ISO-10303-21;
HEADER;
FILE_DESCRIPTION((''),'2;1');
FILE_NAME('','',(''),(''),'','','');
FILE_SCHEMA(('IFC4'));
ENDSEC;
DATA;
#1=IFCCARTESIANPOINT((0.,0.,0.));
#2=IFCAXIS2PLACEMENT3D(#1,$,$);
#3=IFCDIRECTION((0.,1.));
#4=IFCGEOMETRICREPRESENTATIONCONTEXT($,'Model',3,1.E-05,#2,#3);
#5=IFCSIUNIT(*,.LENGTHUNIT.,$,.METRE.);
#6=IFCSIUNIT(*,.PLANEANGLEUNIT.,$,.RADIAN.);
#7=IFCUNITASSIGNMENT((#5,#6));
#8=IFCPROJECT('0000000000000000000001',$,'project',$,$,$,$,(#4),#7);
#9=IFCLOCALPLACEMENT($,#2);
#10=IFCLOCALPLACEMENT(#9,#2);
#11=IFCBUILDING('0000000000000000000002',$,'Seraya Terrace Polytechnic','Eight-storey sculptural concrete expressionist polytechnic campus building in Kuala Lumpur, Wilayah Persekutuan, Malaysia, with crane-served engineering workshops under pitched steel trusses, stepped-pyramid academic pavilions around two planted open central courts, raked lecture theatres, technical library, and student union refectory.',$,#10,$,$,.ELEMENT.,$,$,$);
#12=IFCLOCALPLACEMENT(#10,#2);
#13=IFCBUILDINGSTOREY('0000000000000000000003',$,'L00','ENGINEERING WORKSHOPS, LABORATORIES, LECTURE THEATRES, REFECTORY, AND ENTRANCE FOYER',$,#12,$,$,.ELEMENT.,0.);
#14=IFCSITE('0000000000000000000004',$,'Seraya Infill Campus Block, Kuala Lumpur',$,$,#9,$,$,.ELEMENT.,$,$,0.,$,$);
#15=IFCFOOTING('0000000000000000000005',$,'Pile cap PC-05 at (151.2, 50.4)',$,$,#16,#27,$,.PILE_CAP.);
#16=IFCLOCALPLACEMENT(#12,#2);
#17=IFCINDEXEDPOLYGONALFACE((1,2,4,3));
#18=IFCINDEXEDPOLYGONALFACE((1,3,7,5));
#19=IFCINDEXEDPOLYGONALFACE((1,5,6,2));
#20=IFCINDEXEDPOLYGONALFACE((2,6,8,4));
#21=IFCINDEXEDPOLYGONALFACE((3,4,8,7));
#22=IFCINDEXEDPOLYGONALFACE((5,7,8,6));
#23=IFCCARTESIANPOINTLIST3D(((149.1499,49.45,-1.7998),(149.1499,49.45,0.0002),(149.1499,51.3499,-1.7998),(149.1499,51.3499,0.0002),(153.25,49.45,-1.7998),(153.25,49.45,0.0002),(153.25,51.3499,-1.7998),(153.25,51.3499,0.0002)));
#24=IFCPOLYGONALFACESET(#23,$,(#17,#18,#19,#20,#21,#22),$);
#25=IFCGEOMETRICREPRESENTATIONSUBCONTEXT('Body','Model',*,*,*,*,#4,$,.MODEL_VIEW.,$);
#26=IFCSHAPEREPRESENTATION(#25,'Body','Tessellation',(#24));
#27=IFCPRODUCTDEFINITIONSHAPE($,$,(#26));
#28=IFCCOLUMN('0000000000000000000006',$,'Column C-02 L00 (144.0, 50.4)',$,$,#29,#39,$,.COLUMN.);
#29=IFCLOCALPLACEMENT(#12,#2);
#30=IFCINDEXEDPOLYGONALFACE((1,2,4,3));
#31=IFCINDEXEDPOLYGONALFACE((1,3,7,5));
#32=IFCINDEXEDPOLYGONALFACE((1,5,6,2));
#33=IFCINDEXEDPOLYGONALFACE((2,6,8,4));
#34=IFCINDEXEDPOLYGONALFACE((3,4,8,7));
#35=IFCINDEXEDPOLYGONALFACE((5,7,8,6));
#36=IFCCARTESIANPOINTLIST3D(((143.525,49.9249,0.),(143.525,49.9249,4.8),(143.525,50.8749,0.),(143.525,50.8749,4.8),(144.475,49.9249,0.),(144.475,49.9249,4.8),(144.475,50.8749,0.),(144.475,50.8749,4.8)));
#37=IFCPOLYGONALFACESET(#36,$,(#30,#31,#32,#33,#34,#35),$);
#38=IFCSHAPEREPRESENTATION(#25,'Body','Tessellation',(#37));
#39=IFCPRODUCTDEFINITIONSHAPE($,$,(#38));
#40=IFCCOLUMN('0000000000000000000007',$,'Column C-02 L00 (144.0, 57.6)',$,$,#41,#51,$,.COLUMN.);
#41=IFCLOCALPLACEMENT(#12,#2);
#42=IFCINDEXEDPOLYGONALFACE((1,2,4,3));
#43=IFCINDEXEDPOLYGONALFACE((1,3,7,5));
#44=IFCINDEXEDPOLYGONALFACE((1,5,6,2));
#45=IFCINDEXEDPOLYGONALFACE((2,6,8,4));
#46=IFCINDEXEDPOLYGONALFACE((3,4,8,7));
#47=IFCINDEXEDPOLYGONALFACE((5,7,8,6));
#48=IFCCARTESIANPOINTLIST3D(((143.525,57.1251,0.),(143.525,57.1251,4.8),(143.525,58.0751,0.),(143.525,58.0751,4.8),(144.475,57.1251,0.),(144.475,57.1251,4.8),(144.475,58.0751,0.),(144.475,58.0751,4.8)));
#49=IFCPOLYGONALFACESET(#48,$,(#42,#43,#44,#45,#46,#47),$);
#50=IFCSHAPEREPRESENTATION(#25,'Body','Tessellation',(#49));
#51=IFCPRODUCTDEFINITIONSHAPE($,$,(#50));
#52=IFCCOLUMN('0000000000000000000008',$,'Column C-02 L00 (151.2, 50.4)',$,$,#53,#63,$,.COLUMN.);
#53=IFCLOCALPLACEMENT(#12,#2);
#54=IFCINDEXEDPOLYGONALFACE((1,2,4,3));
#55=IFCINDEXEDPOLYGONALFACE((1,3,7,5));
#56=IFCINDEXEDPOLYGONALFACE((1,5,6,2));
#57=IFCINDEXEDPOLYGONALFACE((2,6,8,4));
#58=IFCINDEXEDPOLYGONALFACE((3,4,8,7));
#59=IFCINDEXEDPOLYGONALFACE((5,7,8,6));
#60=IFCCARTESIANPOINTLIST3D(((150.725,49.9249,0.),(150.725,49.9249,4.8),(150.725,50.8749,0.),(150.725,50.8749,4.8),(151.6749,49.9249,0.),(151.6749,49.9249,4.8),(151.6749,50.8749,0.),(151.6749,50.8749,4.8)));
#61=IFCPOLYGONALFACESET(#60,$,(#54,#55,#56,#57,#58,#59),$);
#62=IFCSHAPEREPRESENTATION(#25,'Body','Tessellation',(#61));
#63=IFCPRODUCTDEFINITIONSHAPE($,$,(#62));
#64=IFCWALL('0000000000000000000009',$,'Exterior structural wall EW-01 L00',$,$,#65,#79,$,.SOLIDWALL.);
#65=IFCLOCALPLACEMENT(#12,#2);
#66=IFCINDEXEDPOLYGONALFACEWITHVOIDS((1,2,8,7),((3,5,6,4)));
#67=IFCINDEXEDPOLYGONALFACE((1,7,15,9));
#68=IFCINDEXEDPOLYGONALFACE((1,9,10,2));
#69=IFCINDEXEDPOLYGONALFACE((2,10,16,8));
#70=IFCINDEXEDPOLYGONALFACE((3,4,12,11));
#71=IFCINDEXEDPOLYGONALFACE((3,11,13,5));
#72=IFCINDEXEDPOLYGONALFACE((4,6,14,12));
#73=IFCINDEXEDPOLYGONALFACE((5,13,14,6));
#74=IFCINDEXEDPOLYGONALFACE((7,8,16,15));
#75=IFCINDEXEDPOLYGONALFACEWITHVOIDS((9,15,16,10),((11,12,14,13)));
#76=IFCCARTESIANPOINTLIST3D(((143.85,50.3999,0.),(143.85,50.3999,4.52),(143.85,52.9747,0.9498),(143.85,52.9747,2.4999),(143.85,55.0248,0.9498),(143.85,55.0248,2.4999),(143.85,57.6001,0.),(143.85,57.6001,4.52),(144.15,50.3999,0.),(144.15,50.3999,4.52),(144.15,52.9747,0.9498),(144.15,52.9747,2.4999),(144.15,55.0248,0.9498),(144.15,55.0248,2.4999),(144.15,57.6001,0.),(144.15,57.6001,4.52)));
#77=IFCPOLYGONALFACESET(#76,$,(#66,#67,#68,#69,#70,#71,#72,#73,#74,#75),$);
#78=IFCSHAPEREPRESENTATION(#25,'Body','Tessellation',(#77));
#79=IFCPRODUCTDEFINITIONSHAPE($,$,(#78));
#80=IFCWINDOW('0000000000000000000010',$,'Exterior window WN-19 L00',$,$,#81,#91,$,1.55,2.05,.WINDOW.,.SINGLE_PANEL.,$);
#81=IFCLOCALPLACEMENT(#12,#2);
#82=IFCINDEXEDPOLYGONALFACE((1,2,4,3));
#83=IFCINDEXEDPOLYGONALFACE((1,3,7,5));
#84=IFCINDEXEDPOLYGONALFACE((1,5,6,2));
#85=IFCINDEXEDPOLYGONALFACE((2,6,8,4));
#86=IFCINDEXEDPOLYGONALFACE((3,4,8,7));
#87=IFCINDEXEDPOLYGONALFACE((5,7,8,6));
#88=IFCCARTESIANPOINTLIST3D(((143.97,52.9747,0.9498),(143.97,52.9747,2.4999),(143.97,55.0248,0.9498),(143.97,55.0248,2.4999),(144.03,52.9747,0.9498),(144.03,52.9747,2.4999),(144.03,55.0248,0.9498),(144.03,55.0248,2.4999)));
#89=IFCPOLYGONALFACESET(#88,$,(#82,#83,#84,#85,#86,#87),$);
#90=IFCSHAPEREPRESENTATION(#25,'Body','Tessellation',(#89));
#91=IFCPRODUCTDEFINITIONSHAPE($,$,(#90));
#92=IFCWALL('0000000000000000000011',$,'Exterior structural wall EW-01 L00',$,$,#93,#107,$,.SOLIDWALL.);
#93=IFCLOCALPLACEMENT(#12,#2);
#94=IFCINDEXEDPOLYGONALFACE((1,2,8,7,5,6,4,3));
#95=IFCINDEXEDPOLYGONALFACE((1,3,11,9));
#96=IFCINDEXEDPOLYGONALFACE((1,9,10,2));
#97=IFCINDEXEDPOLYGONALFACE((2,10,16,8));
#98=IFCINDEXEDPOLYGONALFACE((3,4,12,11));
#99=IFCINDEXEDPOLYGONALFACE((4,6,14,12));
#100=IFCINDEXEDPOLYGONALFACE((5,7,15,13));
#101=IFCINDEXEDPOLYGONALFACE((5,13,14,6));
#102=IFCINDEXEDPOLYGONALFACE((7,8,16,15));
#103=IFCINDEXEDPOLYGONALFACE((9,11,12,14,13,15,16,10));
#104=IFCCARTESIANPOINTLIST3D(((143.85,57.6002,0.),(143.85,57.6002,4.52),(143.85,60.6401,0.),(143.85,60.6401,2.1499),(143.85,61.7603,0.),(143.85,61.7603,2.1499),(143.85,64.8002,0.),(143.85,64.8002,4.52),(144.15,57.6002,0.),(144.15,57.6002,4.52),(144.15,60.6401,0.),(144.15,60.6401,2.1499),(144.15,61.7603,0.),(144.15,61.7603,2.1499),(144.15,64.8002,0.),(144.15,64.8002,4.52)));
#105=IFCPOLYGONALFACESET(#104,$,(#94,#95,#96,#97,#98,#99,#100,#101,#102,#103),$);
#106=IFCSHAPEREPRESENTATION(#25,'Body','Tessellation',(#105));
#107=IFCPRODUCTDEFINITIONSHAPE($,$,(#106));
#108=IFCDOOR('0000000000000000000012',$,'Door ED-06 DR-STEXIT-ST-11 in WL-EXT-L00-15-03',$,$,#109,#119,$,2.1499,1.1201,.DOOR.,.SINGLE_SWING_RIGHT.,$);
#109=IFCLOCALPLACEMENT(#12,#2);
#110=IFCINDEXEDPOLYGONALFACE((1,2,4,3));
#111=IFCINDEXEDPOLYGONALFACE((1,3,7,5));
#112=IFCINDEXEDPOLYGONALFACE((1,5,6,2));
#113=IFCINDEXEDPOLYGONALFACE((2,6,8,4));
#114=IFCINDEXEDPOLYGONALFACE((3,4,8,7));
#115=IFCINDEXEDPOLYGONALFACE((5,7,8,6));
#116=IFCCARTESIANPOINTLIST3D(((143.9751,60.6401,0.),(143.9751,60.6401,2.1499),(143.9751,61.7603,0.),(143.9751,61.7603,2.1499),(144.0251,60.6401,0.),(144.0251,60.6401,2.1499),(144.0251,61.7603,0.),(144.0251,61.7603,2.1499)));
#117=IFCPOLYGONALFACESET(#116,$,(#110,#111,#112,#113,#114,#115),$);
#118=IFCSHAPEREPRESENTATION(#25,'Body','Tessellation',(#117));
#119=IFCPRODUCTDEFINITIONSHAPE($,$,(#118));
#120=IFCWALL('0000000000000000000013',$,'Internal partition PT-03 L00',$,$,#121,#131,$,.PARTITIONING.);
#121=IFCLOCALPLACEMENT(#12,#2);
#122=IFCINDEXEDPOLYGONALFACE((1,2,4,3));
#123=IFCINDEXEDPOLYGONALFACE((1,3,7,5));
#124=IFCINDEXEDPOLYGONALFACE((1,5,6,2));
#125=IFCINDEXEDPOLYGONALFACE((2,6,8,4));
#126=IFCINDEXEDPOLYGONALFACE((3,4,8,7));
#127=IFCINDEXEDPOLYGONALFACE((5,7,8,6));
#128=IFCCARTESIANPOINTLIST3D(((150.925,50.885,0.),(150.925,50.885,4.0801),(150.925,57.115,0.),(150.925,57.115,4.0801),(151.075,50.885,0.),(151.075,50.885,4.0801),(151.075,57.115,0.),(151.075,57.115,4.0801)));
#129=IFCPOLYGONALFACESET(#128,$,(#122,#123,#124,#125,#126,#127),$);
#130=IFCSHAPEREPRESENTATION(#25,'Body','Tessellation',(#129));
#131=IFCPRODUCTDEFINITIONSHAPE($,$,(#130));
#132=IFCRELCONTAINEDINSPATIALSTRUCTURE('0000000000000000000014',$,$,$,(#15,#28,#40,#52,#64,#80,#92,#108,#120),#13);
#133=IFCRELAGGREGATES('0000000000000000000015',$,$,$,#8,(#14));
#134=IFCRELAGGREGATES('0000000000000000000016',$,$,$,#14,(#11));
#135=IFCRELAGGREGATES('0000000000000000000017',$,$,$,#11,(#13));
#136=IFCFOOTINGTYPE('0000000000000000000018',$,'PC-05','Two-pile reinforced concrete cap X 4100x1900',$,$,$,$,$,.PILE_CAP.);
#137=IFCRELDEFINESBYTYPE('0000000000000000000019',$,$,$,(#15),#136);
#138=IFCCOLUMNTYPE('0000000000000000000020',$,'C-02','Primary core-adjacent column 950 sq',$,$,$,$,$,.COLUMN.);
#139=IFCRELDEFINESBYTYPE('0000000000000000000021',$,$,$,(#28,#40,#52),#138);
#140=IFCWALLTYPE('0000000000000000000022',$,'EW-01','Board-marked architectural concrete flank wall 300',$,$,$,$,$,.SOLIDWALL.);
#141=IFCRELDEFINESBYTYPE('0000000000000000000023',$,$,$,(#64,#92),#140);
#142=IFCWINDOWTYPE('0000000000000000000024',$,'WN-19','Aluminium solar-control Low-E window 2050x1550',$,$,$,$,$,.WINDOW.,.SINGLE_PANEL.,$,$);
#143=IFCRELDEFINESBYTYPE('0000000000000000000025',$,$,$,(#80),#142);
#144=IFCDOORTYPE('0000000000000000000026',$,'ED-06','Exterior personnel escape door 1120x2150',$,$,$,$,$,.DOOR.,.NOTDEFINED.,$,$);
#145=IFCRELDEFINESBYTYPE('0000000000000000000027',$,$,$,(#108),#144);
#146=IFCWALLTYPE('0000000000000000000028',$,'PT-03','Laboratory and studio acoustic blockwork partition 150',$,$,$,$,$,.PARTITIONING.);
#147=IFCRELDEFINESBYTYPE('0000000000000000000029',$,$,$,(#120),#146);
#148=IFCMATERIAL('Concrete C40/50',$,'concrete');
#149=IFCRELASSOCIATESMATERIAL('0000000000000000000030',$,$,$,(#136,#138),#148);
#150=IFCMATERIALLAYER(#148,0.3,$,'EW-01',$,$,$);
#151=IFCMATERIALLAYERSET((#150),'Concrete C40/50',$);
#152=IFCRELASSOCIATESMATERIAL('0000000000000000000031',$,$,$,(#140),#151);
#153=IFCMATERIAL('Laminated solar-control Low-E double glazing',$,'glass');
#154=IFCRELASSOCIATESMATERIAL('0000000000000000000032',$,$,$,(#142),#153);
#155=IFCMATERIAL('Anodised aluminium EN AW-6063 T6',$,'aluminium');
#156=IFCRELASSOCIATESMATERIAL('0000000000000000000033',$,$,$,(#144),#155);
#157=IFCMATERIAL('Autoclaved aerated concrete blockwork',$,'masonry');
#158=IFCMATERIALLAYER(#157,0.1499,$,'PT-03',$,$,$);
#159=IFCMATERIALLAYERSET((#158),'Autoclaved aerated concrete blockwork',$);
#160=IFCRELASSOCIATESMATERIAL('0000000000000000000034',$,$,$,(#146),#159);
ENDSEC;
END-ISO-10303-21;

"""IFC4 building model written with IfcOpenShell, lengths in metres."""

from ifc_helpers import new_model, si_unit, direction, frame, frame_2d, origin, origin_2d, place, context, subcontext, project, spatial, rectangle, extrude, material, layer, layer_set, material_profile, profile_set, type_object, element, fill, save


model = new_model("IFC4")

# Units and contexts
model_context = context("Model", 3, precision=1e-05, world=origin(), true_north=direction((0.0, 1.0)))
body_context = subcontext(model_context, "Body", "Model", "MODEL_VIEW")
ifc_project = project(units=[si_unit("LENGTHUNIT", "METRE"), si_unit("PLANEANGLEUNIT", "RADIAN")], contexts=[model_context])

# Site, building, storey
site_placement = place(None, origin())
site = spatial("IfcSite", under=ifc_project, at=site_placement, Name="Seraya Infill Campus Block, Kuala Lumpur", CompositionType="ELEMENT", RefElevation=0.0)
building_placement = place(site_placement, origin())
building = spatial("IfcBuilding", under=site, at=building_placement, Name="Seraya Terrace Polytechnic", Description="Eight-storey sculptural concrete expressionist polytechnic campus building in Kuala Lumpur, Wilayah Persekutuan, Malaysia, with crane-served engineering workshops under pitched steel trusses, stepped-pyramid academic pavilions around two planted open central courts, raked lecture theatres, technical library, and student union refectory.", CompositionType="ELEMENT")
storey_placement = place(building_placement, origin())
storey = spatial("IfcBuildingStorey", under=building, at=storey_placement, Name="L00", Description="ENGINEERING WORKSHOPS, LABORATORIES, LECTURE THEATRES, REFECTORY, AND ENTRANCE FOYER", CompositionType="ELEMENT", Elevation=0.0)

# Shared definitions
ifc_material_1 = material(Name="Concrete C40/50", Category="concrete")

# Footing
footing_type_1 = type_object("IfcFootingType", Name="PC-05", Description="Two-pile reinforced concrete cap X 4100x1900", PredefinedType="PILE_CAP", material=ifc_material_1)
for number, where, z_axis, x_axis, name in (
    (1, (151.2, 50.3999, -1.7998), (0.0, 0.0, 1.0), (1.0, 0.0, 0.0), "Pile cap PC-05 at (151.2, 50.4)"),
):
    element("IfcFooting", number, at=place(storey_placement, frame(where, z_axis=z_axis, x_axis=x_axis)), inside=storey, type_object=footing_type_1, Name=name, PredefinedType="PILE_CAP", context=body_context, shape_type="SweptSolid", body=[
        extrude(rectangle(XDim=4.1001, YDim=1.8999, at=origin_2d()), origin(), (0.0, 0.0, 1.0), 1.8),
    ])

# Columns
ifc_material_profile_1 = material_profile(ifc_material_1, rectangle(XDim=0.95, YDim=0.95, at=origin_2d()), Name="RC 950x950")
ifc_profile_set_1 = profile_set([ifc_material_profile_1], Name="Concrete C40/50")
column_type = type_object("IfcColumnType", Name="C-02", Description="Primary core-adjacent column 950 sq", PredefinedType="COLUMN", material=ifc_profile_set_1)
for number, where, z_axis, x_axis, name in (
    (2, (144.0, 50.3999, 0.0), (0.0, 0.0, 1.0), (1.0, 0.0, 0.0), "Column C-02 L00 (144.0, 50.4)"),
    (3, (144.0, 57.6001, 0.0), (0.0, 0.0, 1.0), (1.0, 0.0, 0.0), "Column C-02 L00 (144.0, 57.6)"),
    (4, (151.2, 50.3999, 0.0), (0.0, 0.0, 1.0), (1.0, 0.0, 0.0), "Column C-02 L00 (151.2, 50.4)"),
):
    element("IfcColumn", number, at=place(storey_placement, frame(where, z_axis=z_axis, x_axis=x_axis)), inside=storey, type_object=column_type, Name=name, PredefinedType="COLUMN", context=body_context, shape_type="SweptSolid", body=[
        extrude(rectangle(XDim=0.95, YDim=0.95, at=origin_2d()), origin(), (0.0, 0.0, 1.0), 4.8),
    ])

# Wall, opening, window
ifc_layer_1 = layer(ifc_material_1, 0.3, Name="EW-01")
ifc_layer_set_1 = layer_set([ifc_layer_1], Name="Concrete C40/50")
wall_type_1 = type_object("IfcWallType", Name="EW-01", Description="Board-marked architectural concrete flank wall 300", PredefinedType="SOLIDWALL", material=ifc_layer_set_1)
wall_1_placement = place(storey_placement, frame((144.0, 50.3999, 0.0), z_axis=(0.0, 0.0, 1.0), x_axis=(0.0, 1.0, 0.0)))
wall_1 = element("IfcWall", 5, at=wall_1_placement, inside=storey, type_object=wall_type_1, Name="Exterior structural wall EW-01 L00", PredefinedType="SOLIDWALL", context=body_context, shape_type="SweptSolid", body=[
    extrude(rectangle(XDim=7.2002, YDim=0.3, at=frame_2d((3.6001, 0.0))), origin(), (0.0, 0.0, 1.0), 4.52),
])
opening_1_placement = place(wall_1_placement, frame((2.575, 0.0, 0.95)))
opening_1 = element("IfcOpeningElement", 6, at=opening_1_placement, cuts=wall_1, PredefinedType="OPENING", context=body_context, shape_type="SweptSolid", body=[
    extrude(rectangle(XDim=2.05, YDim=1.55, at=frame_2d((1.0249, 0.7749))), frame((0.0, 0.1621, 0.0), z_axis=(0.0, -1.0, 0.0), x_axis=(1.0, 0.0, 0.0)), (0.0, 0.0, 1.0), 0.324),
])
ifc_material_2 = material(Name="Laminated solar-control Low-E double glazing", Category="glass")
window_type = type_object("IfcWindowType", Name="WN-19", Description="Aluminium solar-control Low-E window 2050x1550", PartitioningType="SINGLE_PANEL", PredefinedType="WINDOW", material=ifc_material_2)
window_placement = place(opening_1_placement, origin())
window = element("IfcWindow", 7, at=window_placement, inside=storey, type_object=window_type, Name="Exterior window WN-19 L00", OverallHeight=1.55, OverallWidth=2.05, PartitioningType="SINGLE_PANEL", PredefinedType="WINDOW", context=body_context, shape_type="SweptSolid", body=[
    extrude(rectangle(XDim=2.05, YDim=1.55, at=frame_2d((1.0249, 0.7749))), frame((0.0, 0.03, 0.0), z_axis=(0.0, -1.0, 0.0), x_axis=(1.0, 0.0, 0.0)), (0.0, 0.0, 1.0), 0.0601),
])
fill(opening_1, window)

# Wall, opening, door
wall_2_placement = place(storey_placement, frame((144.0, 57.6001, 0.0), z_axis=(0.0, 0.0, 1.0), x_axis=(0.0, 1.0, 0.0)))
wall_2 = element("IfcWall", 8, at=wall_2_placement, inside=storey, type_object=wall_type_1, Name="Exterior structural wall EW-01 L00", PredefinedType="SOLIDWALL", context=body_context, shape_type="SweptSolid", body=[
    extrude(rectangle(XDim=7.2, YDim=0.3, at=frame_2d((3.6001, 0.0))), origin(), (0.0, 0.0, 1.0), 4.52),
])
opening_2_placement = place(wall_2_placement, frame((3.04, 0.0, 0.0)))
opening_2 = element("IfcOpeningElement", 9, at=opening_2_placement, cuts=wall_2, PredefinedType="OPENING", context=body_context, shape_type="SweptSolid", body=[
    extrude(rectangle(XDim=1.1201, YDim=2.1499, at=frame_2d((0.5601, 1.075))), frame((0.0, 0.1621, 0.0), z_axis=(0.0, -1.0, 0.0), x_axis=(1.0, 0.0, 0.0)), (0.0, 0.0, 1.0), 0.324),
])
ifc_material_3 = material(Name="Anodised aluminium EN AW-6063 T6", Category="aluminium")
door_type = type_object("IfcDoorType", Name="ED-06", Description="Exterior personnel escape door 1120x2150", OperationType="NOTDEFINED", PredefinedType="DOOR", material=ifc_material_3)
door_placement = place(opening_2_placement, origin())
door = element("IfcDoor", 10, at=door_placement, inside=storey, type_object=door_type, Name="Door ED-06 DR-STEXIT-ST-11 in WL-EXT-L00-15-03", OperationType="SINGLE_SWING_RIGHT", OverallHeight=2.1499, OverallWidth=1.1201, PredefinedType="DOOR", context=body_context, shape_type="SweptSolid", body=[
    extrude(rectangle(XDim=1.1201, YDim=2.1499, at=frame_2d((0.5601, 1.075))), frame((0.0, 0.0249, 0.0), z_axis=(0.0, -1.0, 0.0), x_axis=(1.0, 0.0, 0.0)), (0.0, 0.0, 1.0), 0.05),
])
fill(opening_2, door)

# Wall
ifc_material_4 = material(Name="Autoclaved aerated concrete blockwork", Category="masonry")
ifc_layer_2 = layer(ifc_material_4, 0.1499, Name="PT-03")
ifc_layer_set_2 = layer_set([ifc_layer_2], Name="Autoclaved aerated concrete blockwork")
wall_type_2 = type_object("IfcWallType", Name="PT-03", Description="Laboratory and studio acoustic blockwork partition 150", PredefinedType="PARTITIONING", material=ifc_layer_set_2)
wall_3_placement = place(storey_placement, frame((151.0, 50.885, 0.0), z_axis=(0.0, 0.0, 1.0), x_axis=(0.0, 1.0, 0.0)))
element("IfcWall", 11, at=wall_3_placement, inside=storey, type_object=wall_type_2, Name="Internal partition PT-03 L00", PredefinedType="PARTITIONING", context=body_context, shape_type="SweptSolid", body=[
    extrude(rectangle(XDim=6.23, YDim=0.1499, at=frame_2d((3.115, 0.0))), origin(), (0.0, 0.0, 1.0), 4.0801),
])

save(model, "model.ifc")
